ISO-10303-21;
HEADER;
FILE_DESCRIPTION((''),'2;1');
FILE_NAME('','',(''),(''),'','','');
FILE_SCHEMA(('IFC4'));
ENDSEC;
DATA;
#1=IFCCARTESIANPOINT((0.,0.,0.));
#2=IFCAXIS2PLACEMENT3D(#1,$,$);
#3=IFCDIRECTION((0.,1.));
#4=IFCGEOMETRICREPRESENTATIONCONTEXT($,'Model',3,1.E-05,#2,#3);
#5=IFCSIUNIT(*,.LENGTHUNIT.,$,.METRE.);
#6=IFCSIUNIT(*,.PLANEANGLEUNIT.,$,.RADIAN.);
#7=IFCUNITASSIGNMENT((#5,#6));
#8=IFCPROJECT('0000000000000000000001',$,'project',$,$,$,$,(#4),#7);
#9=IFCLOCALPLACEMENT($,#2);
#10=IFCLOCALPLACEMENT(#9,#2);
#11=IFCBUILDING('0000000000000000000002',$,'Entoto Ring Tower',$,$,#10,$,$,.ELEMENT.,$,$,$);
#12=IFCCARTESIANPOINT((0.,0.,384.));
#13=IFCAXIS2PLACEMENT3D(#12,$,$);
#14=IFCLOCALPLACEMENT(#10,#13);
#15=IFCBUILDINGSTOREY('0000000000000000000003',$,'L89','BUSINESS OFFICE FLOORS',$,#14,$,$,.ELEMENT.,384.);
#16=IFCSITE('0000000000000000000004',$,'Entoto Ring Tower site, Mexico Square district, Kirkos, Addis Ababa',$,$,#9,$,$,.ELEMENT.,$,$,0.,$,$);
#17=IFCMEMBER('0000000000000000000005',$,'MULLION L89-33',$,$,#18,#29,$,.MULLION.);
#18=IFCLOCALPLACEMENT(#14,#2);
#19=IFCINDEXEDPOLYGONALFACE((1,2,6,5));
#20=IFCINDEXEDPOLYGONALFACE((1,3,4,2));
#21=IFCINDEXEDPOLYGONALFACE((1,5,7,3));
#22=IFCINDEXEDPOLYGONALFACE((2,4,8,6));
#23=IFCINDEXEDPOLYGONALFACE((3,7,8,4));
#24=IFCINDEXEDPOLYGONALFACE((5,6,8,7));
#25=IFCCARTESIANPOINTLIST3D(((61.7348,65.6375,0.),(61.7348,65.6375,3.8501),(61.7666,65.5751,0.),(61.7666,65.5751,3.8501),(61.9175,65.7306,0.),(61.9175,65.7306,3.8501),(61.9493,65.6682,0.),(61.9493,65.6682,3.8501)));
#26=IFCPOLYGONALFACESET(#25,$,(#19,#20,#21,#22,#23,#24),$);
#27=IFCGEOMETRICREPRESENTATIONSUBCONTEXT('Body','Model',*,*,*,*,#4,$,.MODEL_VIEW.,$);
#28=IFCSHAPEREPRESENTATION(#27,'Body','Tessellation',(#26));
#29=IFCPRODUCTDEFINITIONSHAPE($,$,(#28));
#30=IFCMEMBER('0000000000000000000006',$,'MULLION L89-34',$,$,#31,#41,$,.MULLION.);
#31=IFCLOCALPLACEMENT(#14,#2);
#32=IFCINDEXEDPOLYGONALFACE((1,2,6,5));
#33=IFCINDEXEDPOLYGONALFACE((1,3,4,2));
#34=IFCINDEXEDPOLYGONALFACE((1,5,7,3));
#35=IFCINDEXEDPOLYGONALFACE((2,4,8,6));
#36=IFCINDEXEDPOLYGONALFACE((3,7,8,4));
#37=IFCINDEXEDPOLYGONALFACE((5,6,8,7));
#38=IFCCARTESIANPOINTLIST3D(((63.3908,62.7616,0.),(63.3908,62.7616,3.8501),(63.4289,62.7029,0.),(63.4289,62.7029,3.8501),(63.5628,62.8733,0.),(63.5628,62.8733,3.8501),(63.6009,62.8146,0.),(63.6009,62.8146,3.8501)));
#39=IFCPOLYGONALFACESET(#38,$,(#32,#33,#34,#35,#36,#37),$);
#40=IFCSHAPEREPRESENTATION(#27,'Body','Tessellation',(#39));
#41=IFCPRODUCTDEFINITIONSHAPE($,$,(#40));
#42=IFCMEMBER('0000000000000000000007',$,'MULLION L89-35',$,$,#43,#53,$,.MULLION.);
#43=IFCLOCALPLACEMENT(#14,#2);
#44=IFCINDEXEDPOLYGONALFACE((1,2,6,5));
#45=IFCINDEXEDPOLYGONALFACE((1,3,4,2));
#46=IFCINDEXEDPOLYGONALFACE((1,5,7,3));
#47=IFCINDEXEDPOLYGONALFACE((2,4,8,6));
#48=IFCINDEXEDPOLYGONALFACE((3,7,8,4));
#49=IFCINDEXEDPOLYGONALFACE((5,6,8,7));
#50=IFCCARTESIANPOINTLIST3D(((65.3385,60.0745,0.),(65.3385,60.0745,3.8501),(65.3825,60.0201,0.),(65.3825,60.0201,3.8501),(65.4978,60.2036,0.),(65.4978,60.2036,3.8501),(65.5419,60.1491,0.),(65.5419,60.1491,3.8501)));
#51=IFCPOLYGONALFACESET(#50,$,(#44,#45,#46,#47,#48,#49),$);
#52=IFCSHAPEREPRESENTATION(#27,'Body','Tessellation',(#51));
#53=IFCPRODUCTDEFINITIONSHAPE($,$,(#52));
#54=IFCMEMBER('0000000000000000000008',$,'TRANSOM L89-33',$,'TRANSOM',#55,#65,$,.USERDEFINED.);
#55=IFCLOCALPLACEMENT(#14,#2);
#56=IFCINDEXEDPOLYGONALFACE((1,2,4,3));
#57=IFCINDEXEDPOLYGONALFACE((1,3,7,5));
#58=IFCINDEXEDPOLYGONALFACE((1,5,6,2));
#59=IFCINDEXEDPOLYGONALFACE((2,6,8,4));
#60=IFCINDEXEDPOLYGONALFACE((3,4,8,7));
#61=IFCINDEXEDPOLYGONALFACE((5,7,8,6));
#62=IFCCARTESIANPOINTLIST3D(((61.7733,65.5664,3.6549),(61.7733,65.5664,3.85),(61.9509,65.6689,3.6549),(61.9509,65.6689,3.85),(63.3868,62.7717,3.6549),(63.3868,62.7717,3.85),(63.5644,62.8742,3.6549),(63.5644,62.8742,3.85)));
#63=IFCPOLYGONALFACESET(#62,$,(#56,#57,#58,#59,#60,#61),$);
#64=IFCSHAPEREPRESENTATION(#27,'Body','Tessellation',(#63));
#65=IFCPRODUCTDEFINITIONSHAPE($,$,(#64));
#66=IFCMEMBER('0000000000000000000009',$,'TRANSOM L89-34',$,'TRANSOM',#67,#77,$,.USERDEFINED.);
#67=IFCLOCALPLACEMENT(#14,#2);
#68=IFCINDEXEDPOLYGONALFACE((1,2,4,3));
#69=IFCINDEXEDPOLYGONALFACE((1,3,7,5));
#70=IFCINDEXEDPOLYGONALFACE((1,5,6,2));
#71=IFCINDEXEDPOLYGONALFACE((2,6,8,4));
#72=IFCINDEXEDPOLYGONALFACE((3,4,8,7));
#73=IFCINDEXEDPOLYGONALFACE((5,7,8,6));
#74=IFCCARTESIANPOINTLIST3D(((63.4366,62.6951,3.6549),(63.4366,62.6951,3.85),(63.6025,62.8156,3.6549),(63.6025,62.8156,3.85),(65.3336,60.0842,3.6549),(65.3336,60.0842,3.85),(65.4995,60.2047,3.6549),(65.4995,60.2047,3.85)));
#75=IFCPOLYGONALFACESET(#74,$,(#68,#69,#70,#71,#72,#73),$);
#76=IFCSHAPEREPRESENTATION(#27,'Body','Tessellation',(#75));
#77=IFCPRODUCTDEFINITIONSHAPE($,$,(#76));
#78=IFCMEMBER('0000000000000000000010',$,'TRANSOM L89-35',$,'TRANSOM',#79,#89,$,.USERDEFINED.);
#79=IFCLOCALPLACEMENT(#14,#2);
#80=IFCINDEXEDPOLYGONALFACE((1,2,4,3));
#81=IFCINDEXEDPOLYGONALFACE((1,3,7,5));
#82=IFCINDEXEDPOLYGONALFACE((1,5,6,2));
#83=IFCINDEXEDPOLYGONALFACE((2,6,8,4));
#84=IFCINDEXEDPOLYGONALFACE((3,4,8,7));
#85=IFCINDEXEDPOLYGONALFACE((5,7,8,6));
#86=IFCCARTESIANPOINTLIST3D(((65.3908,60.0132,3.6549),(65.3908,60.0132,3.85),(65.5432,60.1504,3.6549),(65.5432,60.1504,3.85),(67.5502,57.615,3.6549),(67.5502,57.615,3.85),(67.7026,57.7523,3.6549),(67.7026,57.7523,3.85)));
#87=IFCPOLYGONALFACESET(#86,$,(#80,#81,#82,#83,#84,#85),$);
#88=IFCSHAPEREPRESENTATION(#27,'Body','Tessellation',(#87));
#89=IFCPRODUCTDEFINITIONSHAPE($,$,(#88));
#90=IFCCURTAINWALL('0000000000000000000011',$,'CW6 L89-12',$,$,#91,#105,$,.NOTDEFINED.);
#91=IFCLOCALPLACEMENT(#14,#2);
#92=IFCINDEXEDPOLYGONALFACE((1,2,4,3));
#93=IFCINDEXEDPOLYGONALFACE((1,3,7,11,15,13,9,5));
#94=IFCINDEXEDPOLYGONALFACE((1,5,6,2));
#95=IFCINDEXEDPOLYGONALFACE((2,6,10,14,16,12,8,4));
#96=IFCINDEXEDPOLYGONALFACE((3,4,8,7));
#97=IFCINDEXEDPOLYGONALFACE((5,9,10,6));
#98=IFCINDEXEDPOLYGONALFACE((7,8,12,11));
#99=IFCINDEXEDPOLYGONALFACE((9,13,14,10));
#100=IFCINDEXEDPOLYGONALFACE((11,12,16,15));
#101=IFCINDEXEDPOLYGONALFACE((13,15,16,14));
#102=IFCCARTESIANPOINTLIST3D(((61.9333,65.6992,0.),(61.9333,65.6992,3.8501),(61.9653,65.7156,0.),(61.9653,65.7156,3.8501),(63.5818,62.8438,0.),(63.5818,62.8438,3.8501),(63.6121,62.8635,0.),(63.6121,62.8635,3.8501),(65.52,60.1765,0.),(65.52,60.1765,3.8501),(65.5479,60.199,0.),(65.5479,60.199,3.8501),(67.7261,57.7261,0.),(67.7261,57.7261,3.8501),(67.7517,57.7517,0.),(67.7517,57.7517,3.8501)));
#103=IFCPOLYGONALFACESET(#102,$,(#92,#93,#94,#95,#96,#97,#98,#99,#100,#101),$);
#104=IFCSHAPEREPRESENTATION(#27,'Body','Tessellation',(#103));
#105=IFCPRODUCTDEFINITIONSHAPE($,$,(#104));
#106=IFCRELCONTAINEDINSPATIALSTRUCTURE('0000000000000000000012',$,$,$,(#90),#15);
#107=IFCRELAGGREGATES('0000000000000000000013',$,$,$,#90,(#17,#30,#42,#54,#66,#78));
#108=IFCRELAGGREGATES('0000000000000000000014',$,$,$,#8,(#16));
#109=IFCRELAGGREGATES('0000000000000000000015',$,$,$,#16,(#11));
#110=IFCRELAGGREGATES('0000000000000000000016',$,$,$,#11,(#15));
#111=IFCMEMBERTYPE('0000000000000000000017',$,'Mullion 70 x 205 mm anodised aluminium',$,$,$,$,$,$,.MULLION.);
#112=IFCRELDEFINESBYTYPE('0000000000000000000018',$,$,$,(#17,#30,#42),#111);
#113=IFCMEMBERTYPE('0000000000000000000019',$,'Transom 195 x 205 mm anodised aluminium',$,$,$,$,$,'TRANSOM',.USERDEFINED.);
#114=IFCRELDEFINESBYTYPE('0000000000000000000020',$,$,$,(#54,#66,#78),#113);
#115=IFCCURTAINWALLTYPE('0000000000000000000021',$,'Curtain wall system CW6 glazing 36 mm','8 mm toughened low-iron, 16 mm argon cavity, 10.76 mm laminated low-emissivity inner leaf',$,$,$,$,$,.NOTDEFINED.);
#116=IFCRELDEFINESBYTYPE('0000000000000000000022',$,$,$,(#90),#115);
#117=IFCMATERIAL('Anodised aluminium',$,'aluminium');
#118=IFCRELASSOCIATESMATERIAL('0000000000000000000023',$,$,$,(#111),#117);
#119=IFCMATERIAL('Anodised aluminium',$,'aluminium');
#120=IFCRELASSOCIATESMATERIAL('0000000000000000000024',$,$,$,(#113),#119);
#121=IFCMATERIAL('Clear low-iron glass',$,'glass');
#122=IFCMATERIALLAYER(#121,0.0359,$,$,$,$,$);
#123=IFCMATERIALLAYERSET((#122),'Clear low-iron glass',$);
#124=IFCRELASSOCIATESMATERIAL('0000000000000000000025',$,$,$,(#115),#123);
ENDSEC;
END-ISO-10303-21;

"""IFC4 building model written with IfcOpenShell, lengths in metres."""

from ifc_helpers import new_model, si_unit, direction, frame, origin, origin_2d, place, context, subcontext, project, spatial, polyline, rectangle, outline, extrude, material, layer, layer_set, material_profile, profile_set, type_object, element, aggregate, save


model = new_model("IFC4")

# Units and contexts
model_context = context("Model", 3, precision=1e-05, world=origin(), true_north=direction((0.0, 1.0)))
body_context = subcontext(model_context, "Body", "Model", "MODEL_VIEW")
ifc_project = project(units=[si_unit("LENGTHUNIT", "METRE"), si_unit("PLANEANGLEUNIT", "RADIAN")], contexts=[model_context])

# Members
ifc_material_1 = material(Name="Anodised aluminium", Category="aluminium")
ifc_material_profile_1 = material_profile(ifc_material_1, rectangle(XDim=0.0701, YDim=0.2051, at=origin_2d()), Name="Mullion 70 x 205 mm anodised aluminium")
ifc_profile_set_1 = profile_set([ifc_material_profile_1], Name="Anodised aluminium")
member_type_1 = type_object("IfcMemberType", Name="Mullion 70 x 205 mm anodised aluminium", PredefinedType="MULLION", material=ifc_profile_set_1)
site_placement = place(None, origin())
building_placement = place(site_placement, origin())
storey_placement = place(building_placement, frame((0.0, 0.0, 384.0)))
member_1_placement = place(storey_placement, frame((61.842, 65.6528, 0.0), z_axis=(0.0, 0.0, 1.0), x_axis=(0.45399, -0.891007, 0.0)))
member_1 = element("IfcMember", 1, at=member_1_placement, type_object=member_type_1, Name="MULLION L89-33", PredefinedType="MULLION", context=body_context, shape_type="SweptSolid", body=[
    extrude(rectangle(XDim=0.0701, YDim=0.2051, at=origin_2d()), origin(), (0.0, 0.0, 1.0), 3.8501),
])
member_2_placement = place(storey_placement, frame((63.4958, 62.7881, 0.0), z_axis=(0.0, 0.0, 1.0), x_axis=(0.544639, -0.838671, 0.0)))
member_2 = element("IfcMember", 2, at=member_2_placement, type_object=member_type_1, Name="MULLION L89-34", PredefinedType="MULLION", context=body_context, shape_type="SweptSolid", body=[
    extrude(rectangle(XDim=0.0701, YDim=0.2051, at=origin_2d()), origin(), (0.0, 0.0, 1.0), 3.8501),
])
member_3_placement = place(storey_placement, frame((65.4402, 60.1118, 0.0), z_axis=(0.0, 0.0, 1.0), x_axis=(0.62932, -0.777146, 0.0)))
member_3 = element("IfcMember", 3, at=member_3_placement, type_object=member_type_1, Name="MULLION L89-35", PredefinedType="MULLION", context=body_context, shape_type="SweptSolid", body=[
    extrude(rectangle(XDim=0.0701, YDim=0.2051, at=origin_2d()), origin(), (0.0, 0.0, 1.0), 3.8501),
])
ifc_material_2 = material(Name="Anodised aluminium", Category="aluminium")
ifc_material_profile_2 = material_profile(ifc_material_2, rectangle(XDim=0.2051, YDim=0.1951, at=origin_2d()), Name="Transom 195 x 205 mm anodised aluminium")
ifc_profile_set_2 = profile_set([ifc_material_profile_2], Name="Anodised aluminium")
member_type_2 = type_object("IfcMemberType", Name="Transom 195 x 205 mm anodised aluminium", ElementType="TRANSOM", PredefinedType="USERDEFINED", material=ifc_profile_set_2)
member_4_placement = place(storey_placement, frame((61.8621, 65.6177, 3.7524), z_axis=(0.500004, -0.866023, 0.0), x_axis=(0.866023, 0.500004, 0.0)))
member_4 = element("IfcMember", 4, at=member_4_placement, type_object=member_type_2, Name="TRANSOM L89-33", ObjectType="TRANSOM", PredefinedType="USERDEFINED", context=body_context, shape_type="SweptSolid", body=[
    extrude(rectangle(XDim=0.2051, YDim=0.1951, at=origin_2d()), origin(), (0.0, 0.0, 1.0), 3.2271),
])
member_5_placement = place(storey_placement, frame((63.5195, 62.7554, 3.7524), z_axis=(0.587803, -0.809004, 0.0), x_axis=(0.809004, 0.587803, 0.0)))
member_5 = element("IfcMember", 5, at=member_5_placement, type_object=member_type_2, Name="TRANSOM L89-34", ObjectType="TRANSOM", PredefinedType="USERDEFINED", context=body_context, shape_type="SweptSolid", body=[
    extrude(rectangle(XDim=0.2051, YDim=0.1951, at=origin_2d()), origin(), (0.0, 0.0, 1.0), 3.2273),
])
member_6_placement = place(storey_placement, frame((65.467, 60.0818, 3.7524), z_axis=(0.669144, -0.743132, 0.0), x_axis=(0.743132, 0.669144, 0.0)))
member_6 = element("IfcMember", 6, at=member_6_placement, type_object=member_type_2, Name="TRANSOM L89-35", ObjectType="TRANSOM", PredefinedType="USERDEFINED", context=body_context, shape_type="SweptSolid", body=[
    extrude(rectangle(XDim=0.2051, YDim=0.1951, at=origin_2d()), origin(), (0.0, 0.0, 1.0), 3.2271),
])

# Site, building, storey
site = spatial("IfcSite", under=ifc_project, at=site_placement, Name="Entoto Ring Tower site, Mexico Square district, Kirkos, Addis Ababa", CompositionType="ELEMENT", RefElevation=0.0)
building = spatial("IfcBuilding", under=site, at=building_placement, Name="Entoto Ring Tower", CompositionType="ELEMENT")
storey = spatial("IfcBuildingStorey", under=building, at=storey_placement, Name="L89", Description="BUSINESS OFFICE FLOORS", CompositionType="ELEMENT", Elevation=384.0)

# Curtain wall
ifc_material_3 = material(Name="Clear low-iron glass", Category="glass")
ifc_layer = layer(ifc_material_3, 0.0359)
ifc_layer_set = layer_set([ifc_layer], Name="Clear low-iron glass")
curtain_wall_type = type_object("IfcCurtainWallType", Name="Curtain wall system CW6 glazing 36 mm", Description="8 mm toughened low-iron, 16 mm argon cavity, 10.76 mm laminated low-emissivity inner leaf", PredefinedType="NOTDEFINED", material=ifc_layer_set)
curtain_wall_1_placement = place(storey_placement, origin())
curtain_wall_1 = element("IfcCurtainWall", 7, at=curtain_wall_1_placement, inside=storey, type_object=curtain_wall_type, Name="CW6 L89-12", PredefinedType="NOTDEFINED", context=body_context, shape_type="SweptSolid", body=[
    extrude(outline(polyline([(61.9333, 65.6992), (63.5818, 62.8438), (65.52, 60.1765), (67.7261, 57.7261), (67.7517, 57.7517), (65.5479, 60.199), (63.6121, 62.8635), (61.9653, 65.7156), (61.9333, 65.6992)])), origin(), (0.0, 0.0, 1.0), 3.8501),
])
aggregate(curtain_wall_1, [member_1, member_2, member_3, member_4, member_5, member_6])

save(model, "model.ifc")
